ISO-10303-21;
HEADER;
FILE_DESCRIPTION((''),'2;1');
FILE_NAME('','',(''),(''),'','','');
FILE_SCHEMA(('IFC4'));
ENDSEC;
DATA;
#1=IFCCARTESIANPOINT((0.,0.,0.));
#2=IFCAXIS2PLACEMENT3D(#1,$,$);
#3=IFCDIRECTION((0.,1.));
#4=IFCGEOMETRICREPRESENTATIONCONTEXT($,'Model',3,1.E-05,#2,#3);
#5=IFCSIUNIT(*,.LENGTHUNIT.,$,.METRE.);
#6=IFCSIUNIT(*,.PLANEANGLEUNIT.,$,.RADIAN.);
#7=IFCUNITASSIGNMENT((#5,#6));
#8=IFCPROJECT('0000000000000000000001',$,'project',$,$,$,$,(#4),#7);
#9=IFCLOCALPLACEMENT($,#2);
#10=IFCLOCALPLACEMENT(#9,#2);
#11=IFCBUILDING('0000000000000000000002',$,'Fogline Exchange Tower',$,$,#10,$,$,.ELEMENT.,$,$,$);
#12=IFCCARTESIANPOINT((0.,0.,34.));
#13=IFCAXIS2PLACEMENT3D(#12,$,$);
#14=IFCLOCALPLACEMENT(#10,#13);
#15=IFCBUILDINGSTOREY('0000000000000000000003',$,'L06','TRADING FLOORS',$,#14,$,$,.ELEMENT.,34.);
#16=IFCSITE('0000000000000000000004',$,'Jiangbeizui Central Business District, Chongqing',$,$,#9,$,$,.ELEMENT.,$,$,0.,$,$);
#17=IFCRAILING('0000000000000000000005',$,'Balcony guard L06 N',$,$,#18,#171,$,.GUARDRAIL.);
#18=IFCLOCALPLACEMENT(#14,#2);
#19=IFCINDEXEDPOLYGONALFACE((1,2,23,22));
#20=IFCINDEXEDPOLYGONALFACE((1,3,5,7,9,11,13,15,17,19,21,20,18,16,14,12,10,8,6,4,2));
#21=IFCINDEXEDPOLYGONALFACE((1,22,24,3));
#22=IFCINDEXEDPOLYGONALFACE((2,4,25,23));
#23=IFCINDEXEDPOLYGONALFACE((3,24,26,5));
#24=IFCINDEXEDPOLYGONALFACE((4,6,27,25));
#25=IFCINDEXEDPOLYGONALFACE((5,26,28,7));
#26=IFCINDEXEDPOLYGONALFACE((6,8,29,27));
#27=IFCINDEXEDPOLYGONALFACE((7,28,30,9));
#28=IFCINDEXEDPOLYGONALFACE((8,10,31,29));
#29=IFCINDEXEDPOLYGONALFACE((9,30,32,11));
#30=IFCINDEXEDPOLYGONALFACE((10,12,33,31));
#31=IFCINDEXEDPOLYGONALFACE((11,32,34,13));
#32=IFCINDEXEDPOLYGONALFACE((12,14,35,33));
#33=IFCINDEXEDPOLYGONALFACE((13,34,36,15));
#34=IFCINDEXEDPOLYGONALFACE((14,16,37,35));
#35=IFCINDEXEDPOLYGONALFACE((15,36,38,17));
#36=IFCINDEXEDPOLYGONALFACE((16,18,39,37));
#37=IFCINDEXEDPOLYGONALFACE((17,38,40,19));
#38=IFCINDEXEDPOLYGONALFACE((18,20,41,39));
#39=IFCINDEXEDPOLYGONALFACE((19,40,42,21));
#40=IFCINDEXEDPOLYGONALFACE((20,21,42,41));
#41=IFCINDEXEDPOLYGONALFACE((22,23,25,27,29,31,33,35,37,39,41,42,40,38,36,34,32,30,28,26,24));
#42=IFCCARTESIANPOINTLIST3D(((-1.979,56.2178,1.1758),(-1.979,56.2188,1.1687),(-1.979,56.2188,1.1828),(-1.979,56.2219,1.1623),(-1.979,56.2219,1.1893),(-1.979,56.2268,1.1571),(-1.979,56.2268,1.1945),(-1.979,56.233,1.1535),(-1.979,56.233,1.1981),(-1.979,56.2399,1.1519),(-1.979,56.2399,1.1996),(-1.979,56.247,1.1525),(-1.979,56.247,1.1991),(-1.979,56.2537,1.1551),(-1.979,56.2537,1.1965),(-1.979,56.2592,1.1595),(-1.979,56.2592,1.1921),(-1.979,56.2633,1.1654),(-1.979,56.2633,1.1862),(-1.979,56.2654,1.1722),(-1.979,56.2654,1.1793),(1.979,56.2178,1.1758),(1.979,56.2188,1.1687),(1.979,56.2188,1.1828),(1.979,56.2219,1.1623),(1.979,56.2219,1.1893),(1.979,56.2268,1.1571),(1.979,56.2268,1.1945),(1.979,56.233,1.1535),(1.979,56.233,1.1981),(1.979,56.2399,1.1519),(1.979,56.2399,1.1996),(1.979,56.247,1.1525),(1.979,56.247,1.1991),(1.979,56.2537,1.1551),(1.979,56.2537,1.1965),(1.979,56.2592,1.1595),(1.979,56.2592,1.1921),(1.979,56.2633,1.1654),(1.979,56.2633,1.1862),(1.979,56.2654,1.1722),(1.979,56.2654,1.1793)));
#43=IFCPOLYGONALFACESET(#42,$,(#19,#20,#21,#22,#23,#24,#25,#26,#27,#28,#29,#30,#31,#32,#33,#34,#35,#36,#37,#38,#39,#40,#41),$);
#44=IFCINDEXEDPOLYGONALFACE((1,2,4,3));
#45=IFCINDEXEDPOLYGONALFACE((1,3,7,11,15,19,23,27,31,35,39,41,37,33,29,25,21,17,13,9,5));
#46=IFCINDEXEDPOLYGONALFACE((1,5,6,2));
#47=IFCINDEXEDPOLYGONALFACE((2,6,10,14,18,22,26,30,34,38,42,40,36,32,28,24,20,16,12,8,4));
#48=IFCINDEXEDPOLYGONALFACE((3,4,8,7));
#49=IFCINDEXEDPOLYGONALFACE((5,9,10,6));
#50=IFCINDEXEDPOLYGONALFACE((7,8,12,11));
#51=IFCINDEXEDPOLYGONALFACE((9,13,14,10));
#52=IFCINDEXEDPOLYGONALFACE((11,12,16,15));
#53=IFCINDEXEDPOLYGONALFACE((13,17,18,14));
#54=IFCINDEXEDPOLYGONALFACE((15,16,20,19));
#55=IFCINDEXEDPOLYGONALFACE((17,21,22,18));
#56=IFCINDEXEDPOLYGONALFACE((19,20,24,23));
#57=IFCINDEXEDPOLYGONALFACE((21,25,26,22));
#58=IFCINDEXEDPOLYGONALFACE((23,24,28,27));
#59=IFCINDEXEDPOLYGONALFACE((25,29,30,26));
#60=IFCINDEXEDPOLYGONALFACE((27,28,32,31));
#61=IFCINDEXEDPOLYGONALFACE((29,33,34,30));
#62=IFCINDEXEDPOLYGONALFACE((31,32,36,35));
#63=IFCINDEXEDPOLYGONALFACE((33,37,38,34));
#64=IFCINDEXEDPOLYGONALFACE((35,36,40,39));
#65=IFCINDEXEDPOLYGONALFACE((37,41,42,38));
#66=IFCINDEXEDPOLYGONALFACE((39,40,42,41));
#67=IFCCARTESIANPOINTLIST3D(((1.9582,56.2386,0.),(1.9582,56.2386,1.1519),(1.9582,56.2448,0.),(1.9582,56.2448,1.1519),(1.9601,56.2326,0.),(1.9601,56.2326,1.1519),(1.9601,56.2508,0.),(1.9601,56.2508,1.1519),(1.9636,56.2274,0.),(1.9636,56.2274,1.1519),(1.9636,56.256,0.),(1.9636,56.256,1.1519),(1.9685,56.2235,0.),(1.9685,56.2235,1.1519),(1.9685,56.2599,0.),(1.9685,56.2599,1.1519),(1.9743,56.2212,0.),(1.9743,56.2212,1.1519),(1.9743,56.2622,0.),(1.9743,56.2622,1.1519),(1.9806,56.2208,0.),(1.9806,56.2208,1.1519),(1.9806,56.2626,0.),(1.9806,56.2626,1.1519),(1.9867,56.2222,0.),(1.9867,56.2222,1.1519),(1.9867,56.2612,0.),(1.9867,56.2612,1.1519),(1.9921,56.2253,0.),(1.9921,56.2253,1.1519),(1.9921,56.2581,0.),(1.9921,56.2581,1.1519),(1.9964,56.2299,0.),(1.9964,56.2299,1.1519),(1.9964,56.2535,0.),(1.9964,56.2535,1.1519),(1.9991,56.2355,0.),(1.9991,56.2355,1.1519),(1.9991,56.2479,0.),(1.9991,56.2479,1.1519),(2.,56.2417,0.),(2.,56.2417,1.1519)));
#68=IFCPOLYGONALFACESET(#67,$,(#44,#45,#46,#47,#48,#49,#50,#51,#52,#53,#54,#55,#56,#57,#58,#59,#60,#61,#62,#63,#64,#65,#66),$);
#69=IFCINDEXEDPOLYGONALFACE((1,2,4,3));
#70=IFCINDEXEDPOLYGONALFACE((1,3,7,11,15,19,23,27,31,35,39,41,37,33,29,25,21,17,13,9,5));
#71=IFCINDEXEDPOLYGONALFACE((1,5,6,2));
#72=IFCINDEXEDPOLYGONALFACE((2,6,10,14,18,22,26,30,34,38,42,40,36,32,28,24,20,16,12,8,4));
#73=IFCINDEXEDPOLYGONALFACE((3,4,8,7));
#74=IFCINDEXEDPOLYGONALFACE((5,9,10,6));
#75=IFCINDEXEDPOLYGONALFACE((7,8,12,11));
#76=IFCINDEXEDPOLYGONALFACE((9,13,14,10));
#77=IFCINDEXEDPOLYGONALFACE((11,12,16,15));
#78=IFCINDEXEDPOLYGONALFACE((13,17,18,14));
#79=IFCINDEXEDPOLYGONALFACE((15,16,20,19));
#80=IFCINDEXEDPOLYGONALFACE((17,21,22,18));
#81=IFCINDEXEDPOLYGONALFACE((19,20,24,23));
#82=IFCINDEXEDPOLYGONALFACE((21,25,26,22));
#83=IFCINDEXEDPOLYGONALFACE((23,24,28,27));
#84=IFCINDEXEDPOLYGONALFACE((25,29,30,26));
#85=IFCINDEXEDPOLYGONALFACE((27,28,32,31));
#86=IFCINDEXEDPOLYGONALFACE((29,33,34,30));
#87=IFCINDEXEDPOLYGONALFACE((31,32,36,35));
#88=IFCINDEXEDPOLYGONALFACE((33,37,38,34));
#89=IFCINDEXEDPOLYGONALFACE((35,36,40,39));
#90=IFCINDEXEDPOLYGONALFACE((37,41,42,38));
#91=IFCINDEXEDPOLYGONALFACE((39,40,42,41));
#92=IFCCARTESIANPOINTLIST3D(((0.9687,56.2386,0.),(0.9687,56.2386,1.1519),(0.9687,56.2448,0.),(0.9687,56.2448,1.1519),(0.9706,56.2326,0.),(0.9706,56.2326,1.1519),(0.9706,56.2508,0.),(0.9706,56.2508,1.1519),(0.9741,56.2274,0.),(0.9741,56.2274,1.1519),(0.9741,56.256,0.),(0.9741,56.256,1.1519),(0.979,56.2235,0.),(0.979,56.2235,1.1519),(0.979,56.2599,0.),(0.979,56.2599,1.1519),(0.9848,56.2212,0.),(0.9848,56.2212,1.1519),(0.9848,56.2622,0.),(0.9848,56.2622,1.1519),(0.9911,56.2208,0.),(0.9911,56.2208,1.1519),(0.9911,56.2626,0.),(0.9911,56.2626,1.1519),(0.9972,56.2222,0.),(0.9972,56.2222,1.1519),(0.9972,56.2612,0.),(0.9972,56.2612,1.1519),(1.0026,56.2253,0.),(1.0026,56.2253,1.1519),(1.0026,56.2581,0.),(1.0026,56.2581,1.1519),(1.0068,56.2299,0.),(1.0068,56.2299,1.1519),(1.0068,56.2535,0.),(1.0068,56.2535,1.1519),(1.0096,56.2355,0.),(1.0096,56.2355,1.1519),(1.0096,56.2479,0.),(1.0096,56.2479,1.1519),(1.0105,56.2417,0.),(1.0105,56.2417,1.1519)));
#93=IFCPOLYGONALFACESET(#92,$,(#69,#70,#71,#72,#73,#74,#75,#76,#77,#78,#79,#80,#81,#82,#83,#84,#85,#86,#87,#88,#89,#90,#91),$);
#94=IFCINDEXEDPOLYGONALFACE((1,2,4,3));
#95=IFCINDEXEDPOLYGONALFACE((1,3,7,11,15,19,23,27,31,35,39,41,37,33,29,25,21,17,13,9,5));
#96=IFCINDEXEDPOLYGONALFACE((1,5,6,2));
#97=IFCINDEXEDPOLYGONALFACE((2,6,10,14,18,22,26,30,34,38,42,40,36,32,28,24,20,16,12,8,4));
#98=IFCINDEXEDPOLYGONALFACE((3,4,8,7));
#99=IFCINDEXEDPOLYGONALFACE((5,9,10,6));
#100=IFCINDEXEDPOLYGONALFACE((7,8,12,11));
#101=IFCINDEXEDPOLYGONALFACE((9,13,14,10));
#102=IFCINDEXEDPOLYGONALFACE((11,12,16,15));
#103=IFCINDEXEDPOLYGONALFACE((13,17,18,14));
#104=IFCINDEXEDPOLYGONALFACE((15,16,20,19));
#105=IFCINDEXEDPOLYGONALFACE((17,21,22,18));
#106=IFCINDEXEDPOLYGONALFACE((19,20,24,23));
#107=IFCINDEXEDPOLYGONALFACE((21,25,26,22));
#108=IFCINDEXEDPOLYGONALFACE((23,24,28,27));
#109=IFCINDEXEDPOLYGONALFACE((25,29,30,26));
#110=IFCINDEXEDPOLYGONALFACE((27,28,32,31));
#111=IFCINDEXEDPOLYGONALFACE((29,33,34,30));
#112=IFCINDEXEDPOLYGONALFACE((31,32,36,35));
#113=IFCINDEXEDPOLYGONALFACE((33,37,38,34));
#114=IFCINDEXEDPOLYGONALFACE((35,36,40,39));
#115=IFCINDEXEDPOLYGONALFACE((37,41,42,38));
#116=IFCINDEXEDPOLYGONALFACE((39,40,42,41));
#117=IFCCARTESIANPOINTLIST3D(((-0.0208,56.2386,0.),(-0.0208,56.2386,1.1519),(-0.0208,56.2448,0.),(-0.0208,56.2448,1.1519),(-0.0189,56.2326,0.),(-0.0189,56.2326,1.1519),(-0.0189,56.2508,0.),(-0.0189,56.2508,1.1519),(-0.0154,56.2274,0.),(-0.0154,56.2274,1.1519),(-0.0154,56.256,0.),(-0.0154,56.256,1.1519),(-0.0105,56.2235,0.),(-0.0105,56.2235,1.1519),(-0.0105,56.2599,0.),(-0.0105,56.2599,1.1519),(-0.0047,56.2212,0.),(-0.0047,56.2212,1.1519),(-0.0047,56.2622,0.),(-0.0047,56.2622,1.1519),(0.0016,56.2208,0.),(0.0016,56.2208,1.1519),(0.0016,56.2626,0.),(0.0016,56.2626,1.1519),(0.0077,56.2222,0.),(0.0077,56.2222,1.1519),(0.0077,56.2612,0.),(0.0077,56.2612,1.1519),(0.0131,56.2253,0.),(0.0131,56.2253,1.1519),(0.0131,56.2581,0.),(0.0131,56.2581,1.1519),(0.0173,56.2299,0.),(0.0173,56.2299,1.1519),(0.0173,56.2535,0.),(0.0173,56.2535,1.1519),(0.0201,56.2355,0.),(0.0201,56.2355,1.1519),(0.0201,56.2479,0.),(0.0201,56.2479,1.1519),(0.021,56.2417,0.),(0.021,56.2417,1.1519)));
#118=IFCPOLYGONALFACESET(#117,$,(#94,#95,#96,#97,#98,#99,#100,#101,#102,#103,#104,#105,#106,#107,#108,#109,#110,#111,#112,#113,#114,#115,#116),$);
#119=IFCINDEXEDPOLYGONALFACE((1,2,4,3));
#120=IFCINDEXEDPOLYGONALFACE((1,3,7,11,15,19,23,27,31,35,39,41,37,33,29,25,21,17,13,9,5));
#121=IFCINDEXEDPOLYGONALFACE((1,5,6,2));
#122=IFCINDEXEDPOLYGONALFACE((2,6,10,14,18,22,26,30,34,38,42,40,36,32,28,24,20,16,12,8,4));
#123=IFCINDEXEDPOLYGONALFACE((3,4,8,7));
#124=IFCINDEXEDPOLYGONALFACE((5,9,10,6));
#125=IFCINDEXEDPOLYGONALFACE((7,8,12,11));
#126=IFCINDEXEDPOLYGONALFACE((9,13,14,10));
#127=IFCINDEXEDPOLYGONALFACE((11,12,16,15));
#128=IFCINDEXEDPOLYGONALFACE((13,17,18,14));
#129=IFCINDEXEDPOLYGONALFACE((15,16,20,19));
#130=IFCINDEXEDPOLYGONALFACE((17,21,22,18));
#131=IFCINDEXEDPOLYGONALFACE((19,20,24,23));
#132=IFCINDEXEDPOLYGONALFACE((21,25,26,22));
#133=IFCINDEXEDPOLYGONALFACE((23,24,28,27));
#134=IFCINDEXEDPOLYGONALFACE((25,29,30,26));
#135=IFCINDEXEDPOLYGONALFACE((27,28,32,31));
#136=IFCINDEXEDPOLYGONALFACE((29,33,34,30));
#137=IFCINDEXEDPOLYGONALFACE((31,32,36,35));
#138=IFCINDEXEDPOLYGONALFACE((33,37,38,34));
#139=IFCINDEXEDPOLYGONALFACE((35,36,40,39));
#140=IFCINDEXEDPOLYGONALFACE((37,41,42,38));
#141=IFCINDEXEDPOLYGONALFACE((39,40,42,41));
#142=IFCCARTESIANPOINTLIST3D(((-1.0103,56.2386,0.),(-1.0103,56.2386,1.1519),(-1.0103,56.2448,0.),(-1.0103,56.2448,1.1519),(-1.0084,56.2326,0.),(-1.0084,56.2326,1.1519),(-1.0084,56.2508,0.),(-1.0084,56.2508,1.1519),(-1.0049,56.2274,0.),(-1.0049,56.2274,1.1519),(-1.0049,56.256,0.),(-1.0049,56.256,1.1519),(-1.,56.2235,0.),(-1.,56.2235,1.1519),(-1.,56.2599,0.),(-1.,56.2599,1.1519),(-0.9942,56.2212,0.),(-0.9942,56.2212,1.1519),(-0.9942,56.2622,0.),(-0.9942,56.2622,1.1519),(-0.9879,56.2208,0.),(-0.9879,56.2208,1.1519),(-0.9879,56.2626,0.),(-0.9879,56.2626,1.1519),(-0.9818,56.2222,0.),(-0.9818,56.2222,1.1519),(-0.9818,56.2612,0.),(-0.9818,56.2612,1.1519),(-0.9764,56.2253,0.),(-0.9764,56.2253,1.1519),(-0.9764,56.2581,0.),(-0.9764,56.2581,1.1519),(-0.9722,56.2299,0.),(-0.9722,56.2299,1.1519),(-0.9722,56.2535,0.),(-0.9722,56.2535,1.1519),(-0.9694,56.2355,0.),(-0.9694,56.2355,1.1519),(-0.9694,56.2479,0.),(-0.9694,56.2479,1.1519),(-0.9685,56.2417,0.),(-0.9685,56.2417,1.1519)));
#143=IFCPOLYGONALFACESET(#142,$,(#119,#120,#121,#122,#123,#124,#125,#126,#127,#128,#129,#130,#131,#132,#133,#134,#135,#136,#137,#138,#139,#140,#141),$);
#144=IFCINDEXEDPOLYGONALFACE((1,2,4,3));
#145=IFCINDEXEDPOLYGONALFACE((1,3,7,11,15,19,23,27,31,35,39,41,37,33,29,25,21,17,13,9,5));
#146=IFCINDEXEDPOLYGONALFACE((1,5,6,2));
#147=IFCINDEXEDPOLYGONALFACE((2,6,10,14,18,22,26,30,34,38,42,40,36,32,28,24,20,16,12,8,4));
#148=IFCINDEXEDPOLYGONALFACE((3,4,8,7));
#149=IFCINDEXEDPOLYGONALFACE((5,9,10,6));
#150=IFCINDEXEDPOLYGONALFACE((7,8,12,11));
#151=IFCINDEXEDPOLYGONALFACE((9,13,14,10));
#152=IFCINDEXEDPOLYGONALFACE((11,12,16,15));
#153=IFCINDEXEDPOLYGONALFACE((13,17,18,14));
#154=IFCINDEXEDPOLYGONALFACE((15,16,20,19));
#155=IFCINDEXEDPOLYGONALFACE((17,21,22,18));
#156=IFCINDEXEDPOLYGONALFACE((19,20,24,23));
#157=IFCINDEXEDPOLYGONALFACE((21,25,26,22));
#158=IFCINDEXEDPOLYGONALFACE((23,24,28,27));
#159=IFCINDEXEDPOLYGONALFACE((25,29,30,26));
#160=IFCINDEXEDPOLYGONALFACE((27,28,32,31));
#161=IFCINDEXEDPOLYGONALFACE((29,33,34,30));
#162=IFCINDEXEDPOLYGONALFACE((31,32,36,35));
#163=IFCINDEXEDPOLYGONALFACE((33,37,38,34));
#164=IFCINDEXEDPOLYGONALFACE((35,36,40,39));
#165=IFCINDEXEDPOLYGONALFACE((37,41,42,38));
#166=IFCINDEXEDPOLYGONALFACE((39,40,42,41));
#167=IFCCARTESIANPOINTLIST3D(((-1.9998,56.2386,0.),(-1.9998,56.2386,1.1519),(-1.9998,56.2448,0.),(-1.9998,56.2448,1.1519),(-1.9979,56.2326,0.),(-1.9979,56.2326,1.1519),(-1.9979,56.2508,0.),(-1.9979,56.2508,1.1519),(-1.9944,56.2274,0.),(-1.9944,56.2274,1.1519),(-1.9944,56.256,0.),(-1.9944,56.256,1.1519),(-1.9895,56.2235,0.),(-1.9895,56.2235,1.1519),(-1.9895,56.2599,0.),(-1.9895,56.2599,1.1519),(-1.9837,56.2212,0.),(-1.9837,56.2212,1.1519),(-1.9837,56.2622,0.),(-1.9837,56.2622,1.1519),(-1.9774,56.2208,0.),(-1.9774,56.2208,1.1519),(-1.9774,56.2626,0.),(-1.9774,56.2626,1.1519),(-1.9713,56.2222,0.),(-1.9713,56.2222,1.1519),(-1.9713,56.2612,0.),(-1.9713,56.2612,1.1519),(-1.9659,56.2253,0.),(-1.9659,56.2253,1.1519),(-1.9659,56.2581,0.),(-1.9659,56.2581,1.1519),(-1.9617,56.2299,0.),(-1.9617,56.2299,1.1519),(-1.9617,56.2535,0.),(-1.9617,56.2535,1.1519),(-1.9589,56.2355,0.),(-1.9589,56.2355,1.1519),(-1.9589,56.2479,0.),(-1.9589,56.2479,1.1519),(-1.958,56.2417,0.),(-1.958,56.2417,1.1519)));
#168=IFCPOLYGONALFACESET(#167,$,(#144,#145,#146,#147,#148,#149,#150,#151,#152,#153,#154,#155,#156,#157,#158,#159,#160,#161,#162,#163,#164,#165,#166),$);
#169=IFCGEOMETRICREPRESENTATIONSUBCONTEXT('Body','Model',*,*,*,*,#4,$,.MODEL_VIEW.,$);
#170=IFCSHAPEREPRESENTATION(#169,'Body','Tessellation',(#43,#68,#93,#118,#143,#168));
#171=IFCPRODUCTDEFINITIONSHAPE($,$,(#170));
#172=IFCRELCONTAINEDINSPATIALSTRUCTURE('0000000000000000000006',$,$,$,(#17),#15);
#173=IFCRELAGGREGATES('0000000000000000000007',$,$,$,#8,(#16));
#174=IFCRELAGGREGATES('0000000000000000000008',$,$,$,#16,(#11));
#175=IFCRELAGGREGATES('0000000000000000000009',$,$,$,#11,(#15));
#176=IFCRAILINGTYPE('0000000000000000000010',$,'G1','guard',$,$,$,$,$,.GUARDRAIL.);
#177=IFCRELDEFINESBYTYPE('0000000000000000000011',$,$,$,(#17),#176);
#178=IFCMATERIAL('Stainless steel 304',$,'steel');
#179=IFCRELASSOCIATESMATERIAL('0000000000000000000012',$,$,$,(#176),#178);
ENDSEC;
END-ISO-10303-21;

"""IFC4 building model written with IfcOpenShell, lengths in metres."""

from ifc_helpers import new_model, si_unit, direction, frame, origin, origin_2d, place, context, subcontext, project, spatial, circle, extrude, material, type_object, element, save


model = new_model("IFC4")

# Units and contexts
model_context = context("Model", 3, precision=1e-05, world=origin(), true_north=direction((0.0, 1.0)))
body_context = subcontext(model_context, "Body", "Model", "MODEL_VIEW")
ifc_project = project(units=[si_unit("LENGTHUNIT", "METRE"), si_unit("PLANEANGLEUNIT", "RADIAN")], contexts=[model_context])

# Site, building, storey
site_placement = place(None, origin())
site = spatial("IfcSite", under=ifc_project, at=site_placement, Name="Jiangbeizui Central Business District, Chongqing", CompositionType="ELEMENT", RefElevation=0.0)
building_placement = place(site_placement, origin())
building = spatial("IfcBuilding", under=site, at=building_placement, Name="Fogline Exchange Tower", CompositionType="ELEMENT")
storey_placement = place(building_placement, frame((0.0, 0.0, 34.0)))
storey = spatial("IfcBuildingStorey", under=building, at=storey_placement, Name="L06", Description="TRADING FLOORS", CompositionType="ELEMENT", Elevation=34.0)

# Railing
ifc_material_1 = material(Name="Stainless steel 304", Category="steel")
railing_type = type_object("IfcRailingType", Name="G1", Description="guard", PredefinedType="GUARDRAIL", material=ifc_material_1)
railing_placement = place(storey_placement, frame((1.979, 56.2417, 0.0)))
element("IfcRailing", 1, at=railing_placement, inside=storey, type_object=railing_type, Name="Balcony guard L06 N", PredefinedType="GUARDRAIL", context=body_context, shape_type="SweptSolid", body=[
    extrude(circle(Radius=0.0239, at=origin_2d()), frame((0.0, 0.0, 1.1758), z_axis=(-1.0, 0.0, 0.0), x_axis=(0.0, -1.0, 0.0)), (0.0, 0.0, 1.0), 3.958),
    extrude(circle(Radius=0.021, at=origin_2d()), origin(), (0.0, 0.0, 1.0), 1.1519),
    extrude(circle(Radius=0.021, at=origin_2d()), frame((-0.9895, 0.0, 0.0)), (0.0, 0.0, 1.0), 1.1519),
    extrude(circle(Radius=0.021, at=origin_2d()), frame((-1.979, 0.0, 0.0)), (0.0, 0.0, 1.0), 1.1519),
    extrude(circle(Radius=0.021, at=origin_2d()), frame((-2.9685, 0.0, 0.0)), (0.0, 0.0, 1.0), 1.1519),
    extrude(circle(Radius=0.021, at=origin_2d()), frame((-3.958, 0.0, 0.0)), (0.0, 0.0, 1.0), 1.1519),
])

save(model, "model.ifc")
